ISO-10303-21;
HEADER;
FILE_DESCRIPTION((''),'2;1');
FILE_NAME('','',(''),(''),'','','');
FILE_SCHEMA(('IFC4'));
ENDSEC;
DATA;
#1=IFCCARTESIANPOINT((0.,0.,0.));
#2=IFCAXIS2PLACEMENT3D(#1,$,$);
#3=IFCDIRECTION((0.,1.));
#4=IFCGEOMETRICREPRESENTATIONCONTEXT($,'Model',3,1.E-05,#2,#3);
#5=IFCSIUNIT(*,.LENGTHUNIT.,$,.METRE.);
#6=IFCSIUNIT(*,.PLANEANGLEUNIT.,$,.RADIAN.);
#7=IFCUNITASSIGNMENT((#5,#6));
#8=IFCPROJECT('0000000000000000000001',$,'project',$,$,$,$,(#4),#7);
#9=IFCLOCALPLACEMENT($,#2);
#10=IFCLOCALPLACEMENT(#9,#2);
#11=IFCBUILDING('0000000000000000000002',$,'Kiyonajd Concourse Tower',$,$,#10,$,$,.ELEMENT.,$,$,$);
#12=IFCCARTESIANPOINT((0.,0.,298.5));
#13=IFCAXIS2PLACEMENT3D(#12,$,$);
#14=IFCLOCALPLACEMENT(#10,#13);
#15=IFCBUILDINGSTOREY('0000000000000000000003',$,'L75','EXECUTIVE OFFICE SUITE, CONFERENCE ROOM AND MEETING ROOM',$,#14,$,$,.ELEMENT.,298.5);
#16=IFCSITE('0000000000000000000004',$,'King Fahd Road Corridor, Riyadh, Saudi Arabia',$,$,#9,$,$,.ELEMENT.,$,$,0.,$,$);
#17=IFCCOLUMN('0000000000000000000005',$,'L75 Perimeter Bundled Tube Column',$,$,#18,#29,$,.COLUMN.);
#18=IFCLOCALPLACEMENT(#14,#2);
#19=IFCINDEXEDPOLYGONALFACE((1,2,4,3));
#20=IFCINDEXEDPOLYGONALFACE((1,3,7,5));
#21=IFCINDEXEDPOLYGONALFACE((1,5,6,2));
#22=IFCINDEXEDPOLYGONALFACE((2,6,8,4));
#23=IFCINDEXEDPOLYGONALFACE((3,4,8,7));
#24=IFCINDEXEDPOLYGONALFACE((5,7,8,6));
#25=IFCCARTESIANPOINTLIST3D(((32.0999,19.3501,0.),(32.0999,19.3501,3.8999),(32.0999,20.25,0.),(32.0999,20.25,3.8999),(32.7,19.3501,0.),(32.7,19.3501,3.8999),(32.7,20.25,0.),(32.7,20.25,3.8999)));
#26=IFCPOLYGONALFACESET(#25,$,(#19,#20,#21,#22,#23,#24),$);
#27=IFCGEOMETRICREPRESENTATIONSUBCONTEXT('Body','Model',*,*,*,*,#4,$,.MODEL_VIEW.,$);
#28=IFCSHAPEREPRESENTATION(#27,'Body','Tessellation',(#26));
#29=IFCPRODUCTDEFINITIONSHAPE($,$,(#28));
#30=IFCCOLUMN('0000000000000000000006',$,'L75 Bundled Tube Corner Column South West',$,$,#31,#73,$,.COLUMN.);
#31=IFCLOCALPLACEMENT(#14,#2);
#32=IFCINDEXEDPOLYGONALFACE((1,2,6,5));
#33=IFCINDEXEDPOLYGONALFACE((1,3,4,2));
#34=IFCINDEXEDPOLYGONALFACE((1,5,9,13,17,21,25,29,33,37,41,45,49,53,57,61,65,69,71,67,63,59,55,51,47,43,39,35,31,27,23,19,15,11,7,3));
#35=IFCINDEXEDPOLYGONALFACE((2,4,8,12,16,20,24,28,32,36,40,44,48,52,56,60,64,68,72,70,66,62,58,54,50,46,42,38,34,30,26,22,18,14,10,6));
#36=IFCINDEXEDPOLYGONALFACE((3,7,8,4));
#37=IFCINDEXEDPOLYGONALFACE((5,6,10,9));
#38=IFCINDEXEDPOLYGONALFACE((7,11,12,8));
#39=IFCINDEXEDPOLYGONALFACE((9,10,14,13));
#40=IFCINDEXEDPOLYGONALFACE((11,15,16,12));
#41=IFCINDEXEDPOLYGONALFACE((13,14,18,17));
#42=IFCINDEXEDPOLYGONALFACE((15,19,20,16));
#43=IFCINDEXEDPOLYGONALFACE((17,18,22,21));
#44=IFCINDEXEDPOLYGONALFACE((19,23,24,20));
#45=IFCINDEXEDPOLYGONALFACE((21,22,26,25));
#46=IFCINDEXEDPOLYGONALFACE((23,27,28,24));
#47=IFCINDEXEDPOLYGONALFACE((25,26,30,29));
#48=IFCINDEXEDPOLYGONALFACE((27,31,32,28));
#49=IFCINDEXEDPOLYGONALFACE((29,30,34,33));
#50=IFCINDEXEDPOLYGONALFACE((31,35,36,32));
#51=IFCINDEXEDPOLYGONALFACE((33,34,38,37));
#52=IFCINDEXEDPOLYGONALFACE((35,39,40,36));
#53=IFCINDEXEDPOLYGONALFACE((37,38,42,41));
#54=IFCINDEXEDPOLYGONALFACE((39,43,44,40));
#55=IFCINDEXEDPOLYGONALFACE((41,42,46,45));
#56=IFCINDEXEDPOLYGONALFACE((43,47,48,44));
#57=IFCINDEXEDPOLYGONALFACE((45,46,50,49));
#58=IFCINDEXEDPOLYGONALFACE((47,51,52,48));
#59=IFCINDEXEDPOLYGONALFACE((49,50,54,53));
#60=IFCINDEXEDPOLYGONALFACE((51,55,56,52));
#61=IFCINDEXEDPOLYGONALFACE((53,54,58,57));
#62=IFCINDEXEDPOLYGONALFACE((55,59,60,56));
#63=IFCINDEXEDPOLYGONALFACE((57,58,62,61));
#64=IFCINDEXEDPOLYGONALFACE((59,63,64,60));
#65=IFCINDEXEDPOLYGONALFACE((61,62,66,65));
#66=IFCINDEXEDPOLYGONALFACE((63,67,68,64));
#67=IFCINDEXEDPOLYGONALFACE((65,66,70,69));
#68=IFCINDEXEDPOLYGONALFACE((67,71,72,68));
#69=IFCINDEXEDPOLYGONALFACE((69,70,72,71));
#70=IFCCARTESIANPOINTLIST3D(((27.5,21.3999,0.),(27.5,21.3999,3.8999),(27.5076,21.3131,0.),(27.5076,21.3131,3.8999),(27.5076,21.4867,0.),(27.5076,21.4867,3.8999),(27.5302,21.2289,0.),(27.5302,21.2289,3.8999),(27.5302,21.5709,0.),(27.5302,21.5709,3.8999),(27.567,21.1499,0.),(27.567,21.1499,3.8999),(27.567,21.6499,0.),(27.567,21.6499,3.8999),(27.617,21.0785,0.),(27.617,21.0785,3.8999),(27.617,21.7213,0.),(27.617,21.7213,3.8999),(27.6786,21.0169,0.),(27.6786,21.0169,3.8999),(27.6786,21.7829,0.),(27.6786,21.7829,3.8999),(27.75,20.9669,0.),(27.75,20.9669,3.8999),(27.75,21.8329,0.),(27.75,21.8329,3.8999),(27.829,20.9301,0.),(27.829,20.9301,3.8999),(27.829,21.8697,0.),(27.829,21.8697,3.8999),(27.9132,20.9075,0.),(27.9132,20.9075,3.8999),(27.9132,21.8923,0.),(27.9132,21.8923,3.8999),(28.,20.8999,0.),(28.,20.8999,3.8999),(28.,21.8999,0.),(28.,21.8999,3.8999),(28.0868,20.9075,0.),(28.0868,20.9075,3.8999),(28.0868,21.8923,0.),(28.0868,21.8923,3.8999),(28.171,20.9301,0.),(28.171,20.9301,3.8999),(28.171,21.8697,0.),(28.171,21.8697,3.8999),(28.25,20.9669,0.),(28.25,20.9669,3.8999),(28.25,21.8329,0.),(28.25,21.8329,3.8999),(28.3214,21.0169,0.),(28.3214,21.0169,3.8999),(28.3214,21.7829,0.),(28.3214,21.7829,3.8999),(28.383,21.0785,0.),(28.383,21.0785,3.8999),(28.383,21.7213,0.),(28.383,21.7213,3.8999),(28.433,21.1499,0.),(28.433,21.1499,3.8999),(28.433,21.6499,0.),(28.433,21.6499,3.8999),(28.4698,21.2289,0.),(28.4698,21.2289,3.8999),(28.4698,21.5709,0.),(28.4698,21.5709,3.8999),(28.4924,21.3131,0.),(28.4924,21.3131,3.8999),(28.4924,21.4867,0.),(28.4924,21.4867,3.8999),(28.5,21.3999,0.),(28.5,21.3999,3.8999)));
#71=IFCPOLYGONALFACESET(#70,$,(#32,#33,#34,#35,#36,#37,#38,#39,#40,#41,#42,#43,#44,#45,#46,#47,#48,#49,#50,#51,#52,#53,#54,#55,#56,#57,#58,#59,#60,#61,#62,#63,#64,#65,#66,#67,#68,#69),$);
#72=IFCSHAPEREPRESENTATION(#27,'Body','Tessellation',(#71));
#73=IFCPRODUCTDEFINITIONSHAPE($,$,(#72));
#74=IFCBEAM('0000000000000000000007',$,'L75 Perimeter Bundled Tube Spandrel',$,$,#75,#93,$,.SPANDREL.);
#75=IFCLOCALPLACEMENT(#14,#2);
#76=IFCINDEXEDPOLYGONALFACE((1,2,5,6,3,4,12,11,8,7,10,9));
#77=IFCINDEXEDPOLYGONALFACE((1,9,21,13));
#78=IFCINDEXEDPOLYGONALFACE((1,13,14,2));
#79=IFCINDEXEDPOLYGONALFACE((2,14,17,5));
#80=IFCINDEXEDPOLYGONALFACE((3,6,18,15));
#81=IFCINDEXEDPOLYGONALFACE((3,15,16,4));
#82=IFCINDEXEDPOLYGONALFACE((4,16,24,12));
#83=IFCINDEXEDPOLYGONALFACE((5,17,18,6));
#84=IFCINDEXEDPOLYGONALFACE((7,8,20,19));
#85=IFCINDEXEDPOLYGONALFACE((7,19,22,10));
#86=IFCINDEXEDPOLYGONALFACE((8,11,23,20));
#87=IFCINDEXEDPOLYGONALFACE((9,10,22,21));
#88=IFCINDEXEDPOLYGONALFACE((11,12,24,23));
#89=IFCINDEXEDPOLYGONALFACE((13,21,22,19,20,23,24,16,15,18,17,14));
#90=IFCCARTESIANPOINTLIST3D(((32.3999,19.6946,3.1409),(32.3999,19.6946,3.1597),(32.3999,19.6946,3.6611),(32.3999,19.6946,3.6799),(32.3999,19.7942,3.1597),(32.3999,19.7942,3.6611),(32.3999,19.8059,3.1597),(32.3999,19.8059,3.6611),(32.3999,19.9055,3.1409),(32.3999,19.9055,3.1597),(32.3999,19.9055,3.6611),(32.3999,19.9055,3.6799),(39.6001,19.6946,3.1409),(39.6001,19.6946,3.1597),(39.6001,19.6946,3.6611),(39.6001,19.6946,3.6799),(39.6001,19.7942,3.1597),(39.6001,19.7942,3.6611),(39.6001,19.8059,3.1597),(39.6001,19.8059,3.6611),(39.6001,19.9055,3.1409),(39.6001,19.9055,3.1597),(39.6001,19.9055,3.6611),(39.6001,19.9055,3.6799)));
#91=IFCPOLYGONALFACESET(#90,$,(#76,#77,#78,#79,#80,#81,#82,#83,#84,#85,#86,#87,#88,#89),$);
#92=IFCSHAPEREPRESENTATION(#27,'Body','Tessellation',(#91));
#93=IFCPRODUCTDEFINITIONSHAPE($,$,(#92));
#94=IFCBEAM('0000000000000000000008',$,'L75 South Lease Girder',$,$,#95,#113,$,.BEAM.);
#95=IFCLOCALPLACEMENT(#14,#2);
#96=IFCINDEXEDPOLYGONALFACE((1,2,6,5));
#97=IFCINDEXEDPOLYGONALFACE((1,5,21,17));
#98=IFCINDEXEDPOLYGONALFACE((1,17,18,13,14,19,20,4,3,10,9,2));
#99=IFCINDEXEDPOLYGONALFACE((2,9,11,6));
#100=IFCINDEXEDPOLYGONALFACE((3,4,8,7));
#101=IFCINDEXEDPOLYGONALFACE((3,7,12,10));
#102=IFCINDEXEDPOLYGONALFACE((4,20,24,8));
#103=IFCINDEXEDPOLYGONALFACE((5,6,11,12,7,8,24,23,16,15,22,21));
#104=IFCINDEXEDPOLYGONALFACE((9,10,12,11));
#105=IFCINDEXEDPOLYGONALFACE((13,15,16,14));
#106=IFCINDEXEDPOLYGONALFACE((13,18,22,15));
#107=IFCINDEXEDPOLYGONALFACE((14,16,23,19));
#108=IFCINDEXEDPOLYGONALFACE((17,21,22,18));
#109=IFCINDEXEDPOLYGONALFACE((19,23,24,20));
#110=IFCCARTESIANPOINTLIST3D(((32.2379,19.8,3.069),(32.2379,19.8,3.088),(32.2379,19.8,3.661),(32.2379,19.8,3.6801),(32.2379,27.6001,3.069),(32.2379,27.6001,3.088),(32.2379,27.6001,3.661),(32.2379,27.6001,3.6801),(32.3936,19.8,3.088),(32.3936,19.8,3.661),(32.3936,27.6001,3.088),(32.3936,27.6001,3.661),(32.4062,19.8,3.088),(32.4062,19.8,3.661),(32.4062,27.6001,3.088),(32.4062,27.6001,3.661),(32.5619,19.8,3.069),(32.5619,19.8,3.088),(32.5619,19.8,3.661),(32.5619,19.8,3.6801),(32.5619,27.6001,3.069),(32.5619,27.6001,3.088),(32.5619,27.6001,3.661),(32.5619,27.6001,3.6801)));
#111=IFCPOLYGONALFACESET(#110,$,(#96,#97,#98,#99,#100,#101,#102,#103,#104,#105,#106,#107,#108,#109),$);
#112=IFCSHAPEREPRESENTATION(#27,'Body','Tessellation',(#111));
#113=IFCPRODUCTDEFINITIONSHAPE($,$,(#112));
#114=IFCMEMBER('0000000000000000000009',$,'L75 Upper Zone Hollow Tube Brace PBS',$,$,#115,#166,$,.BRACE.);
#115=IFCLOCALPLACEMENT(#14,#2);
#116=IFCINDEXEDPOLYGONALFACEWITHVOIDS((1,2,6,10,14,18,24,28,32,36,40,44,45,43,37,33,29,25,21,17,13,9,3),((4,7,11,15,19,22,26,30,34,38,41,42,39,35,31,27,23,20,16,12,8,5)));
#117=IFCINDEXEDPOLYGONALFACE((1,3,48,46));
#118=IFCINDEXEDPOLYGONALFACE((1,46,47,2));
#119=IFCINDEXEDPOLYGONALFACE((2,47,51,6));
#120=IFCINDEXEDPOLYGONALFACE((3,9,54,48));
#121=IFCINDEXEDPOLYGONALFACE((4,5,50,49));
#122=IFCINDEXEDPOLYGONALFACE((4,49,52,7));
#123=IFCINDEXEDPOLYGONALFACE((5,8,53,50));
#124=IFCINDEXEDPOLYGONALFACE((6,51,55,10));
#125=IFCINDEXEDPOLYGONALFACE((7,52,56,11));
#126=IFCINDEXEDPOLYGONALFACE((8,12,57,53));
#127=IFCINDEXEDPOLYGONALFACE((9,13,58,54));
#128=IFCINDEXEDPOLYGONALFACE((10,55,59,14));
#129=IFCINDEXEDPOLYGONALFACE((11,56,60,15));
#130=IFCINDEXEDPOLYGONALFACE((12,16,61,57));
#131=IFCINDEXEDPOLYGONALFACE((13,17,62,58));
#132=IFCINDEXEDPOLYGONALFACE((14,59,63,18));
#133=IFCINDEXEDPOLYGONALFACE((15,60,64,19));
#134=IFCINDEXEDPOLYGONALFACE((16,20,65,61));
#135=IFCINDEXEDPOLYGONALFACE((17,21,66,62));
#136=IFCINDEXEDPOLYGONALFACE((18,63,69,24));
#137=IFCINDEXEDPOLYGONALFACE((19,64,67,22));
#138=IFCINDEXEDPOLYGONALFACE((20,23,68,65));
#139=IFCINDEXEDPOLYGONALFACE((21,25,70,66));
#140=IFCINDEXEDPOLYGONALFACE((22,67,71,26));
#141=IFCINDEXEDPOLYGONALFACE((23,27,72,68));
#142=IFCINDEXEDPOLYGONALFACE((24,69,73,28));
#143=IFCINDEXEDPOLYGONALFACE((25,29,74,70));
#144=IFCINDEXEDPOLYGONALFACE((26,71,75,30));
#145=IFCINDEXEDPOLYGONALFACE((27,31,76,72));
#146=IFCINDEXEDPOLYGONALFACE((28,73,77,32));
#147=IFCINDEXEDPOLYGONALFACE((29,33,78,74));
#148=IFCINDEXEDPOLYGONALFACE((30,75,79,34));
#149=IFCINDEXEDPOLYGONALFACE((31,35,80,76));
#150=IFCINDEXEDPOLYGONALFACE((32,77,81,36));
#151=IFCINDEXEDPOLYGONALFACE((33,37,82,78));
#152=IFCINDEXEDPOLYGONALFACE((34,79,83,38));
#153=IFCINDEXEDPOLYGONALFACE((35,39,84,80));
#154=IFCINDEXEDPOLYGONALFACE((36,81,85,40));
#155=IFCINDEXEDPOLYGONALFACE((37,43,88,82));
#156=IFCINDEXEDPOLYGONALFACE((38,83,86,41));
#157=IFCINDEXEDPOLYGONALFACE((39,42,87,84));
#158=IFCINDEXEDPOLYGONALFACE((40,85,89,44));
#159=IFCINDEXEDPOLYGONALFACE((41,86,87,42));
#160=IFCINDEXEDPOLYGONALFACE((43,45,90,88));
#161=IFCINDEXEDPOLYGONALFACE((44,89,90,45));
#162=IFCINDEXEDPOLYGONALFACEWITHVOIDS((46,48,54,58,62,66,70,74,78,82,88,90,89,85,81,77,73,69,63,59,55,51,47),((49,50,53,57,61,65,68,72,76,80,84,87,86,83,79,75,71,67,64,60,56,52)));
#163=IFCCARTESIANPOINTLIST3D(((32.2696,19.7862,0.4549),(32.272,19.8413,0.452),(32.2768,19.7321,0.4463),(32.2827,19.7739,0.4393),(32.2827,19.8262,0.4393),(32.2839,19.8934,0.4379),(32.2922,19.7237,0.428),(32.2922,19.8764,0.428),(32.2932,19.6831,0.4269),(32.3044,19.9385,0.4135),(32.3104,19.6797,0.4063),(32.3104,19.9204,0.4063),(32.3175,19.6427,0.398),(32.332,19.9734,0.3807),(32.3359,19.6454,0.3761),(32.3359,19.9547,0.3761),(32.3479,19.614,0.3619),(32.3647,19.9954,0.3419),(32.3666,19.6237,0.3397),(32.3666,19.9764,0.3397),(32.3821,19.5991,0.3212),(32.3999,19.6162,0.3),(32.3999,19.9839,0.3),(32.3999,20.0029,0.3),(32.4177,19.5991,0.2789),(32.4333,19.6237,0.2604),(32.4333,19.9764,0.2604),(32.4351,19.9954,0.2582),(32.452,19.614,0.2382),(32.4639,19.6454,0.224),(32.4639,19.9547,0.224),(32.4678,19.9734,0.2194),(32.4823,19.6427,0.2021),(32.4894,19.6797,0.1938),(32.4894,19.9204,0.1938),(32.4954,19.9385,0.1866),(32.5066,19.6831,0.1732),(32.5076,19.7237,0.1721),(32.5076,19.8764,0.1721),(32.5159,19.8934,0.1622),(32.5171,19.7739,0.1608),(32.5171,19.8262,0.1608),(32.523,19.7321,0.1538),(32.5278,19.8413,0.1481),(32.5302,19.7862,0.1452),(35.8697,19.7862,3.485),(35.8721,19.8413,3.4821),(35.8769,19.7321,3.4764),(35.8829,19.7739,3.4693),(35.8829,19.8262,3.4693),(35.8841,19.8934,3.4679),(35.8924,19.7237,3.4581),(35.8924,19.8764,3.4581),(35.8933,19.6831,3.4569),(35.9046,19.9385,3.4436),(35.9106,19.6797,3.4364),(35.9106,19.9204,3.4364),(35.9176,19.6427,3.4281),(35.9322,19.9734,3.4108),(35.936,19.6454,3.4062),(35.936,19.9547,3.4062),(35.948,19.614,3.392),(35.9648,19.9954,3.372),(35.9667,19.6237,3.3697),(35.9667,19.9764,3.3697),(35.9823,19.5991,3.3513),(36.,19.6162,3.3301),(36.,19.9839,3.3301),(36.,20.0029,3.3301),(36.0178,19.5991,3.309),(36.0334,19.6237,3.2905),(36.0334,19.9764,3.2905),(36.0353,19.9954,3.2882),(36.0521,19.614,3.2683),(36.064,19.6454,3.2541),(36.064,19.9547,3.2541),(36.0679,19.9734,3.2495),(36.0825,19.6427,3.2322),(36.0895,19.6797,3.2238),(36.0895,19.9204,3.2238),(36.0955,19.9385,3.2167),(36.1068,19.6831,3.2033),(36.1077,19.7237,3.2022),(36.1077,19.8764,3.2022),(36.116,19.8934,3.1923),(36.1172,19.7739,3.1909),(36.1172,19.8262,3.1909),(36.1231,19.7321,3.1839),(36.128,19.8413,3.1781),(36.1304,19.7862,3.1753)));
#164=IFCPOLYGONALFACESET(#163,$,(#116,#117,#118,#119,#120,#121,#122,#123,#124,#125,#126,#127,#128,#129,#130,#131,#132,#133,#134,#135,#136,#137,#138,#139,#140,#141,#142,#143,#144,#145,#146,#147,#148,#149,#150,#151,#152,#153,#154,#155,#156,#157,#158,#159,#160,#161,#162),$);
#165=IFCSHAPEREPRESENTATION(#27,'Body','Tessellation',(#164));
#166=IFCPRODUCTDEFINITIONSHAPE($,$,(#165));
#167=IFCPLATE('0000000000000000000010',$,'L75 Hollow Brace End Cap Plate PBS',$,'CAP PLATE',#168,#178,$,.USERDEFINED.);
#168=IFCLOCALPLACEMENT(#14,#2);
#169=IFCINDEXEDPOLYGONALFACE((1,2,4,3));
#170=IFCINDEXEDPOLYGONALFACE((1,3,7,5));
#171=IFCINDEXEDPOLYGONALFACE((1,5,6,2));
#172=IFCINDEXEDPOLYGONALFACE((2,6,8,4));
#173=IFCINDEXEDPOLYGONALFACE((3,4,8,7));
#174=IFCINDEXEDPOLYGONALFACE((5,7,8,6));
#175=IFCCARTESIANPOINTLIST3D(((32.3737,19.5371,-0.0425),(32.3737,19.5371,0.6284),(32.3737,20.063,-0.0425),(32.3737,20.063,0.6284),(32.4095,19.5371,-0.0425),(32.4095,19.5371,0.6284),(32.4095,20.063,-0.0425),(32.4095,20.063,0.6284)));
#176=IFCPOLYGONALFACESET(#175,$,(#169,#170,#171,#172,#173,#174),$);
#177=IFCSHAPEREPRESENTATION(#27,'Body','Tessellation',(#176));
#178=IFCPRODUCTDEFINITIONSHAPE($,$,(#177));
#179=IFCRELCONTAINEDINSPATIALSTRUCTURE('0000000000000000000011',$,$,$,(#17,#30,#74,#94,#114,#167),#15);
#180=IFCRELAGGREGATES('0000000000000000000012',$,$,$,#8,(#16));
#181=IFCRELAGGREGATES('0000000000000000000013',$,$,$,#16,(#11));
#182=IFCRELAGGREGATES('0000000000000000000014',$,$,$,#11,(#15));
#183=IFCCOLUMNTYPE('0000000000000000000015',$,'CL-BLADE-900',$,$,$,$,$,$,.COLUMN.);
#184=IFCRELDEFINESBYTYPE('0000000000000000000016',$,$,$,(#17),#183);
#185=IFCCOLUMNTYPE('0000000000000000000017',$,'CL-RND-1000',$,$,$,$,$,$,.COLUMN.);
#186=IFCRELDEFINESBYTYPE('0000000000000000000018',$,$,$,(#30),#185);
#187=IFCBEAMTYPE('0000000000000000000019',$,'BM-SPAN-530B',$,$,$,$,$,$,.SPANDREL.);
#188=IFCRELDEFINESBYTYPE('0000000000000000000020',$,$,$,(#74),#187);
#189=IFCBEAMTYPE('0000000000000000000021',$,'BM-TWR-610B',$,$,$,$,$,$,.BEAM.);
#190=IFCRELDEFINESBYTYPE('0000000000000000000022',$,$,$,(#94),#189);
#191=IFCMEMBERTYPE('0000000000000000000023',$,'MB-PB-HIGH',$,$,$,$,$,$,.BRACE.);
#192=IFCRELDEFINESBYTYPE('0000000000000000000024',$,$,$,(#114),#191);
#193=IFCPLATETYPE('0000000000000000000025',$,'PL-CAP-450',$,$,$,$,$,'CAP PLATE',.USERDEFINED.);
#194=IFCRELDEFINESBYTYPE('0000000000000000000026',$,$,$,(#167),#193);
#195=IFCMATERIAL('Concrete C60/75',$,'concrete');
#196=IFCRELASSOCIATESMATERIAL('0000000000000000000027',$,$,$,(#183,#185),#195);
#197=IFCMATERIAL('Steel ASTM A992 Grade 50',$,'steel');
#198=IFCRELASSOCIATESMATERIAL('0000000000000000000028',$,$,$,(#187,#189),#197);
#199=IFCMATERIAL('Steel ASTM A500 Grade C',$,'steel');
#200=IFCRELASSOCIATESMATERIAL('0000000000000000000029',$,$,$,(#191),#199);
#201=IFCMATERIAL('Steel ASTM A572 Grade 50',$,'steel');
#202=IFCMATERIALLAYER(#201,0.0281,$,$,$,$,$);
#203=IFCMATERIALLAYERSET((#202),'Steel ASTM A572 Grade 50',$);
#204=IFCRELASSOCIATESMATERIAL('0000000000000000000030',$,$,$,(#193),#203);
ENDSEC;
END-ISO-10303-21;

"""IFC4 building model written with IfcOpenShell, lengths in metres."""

from ifc_helpers import new_model, si_unit, direction, frame, origin, origin_2d, place, context, subcontext, project, spatial, rectangle, circle, hollow_circle, i_section, extrude, material, layer, layer_set, material_profile, profile_set, type_object, element, save


model = new_model("IFC4")

# Units and contexts
model_context = context("Model", 3, precision=1e-05, world=origin(), true_north=direction((0.0, 1.0)))
body_context = subcontext(model_context, "Body", "Model", "MODEL_VIEW")
ifc_project = project(units=[si_unit("LENGTHUNIT", "METRE"), si_unit("PLANEANGLEUNIT", "RADIAN")], contexts=[model_context])

# Site, building, storey
site_placement = place(None, origin())
site = spatial("IfcSite", under=ifc_project, at=site_placement, Name="King Fahd Road Corridor, Riyadh, Saudi Arabia", CompositionType="ELEMENT", RefElevation=0.0)
building_placement = place(site_placement, origin())
building = spatial("IfcBuilding", under=site, at=building_placement, Name="Kiyonajd Concourse Tower", CompositionType="ELEMENT")
storey_placement = place(building_placement, frame((0.0, 0.0, 298.5)))
storey = spatial("IfcBuildingStorey", under=building, at=storey_placement, Name="L75", Description="EXECUTIVE OFFICE SUITE, CONFERENCE ROOM AND MEETING ROOM", CompositionType="ELEMENT", Elevation=298.5)

# Columns
ifc_material_1 = material(Name="Concrete C60/75", Category="concrete")
ifc_material_profile_1 = material_profile(ifc_material_1, rectangle(XDim=0.6001, YDim=0.8999, at=origin_2d()), Name="RC-900x600")
ifc_profile_set_1 = profile_set([ifc_material_profile_1], Name="Concrete C60/75")
column_type_1 = type_object("IfcColumnType", Name="CL-BLADE-900", PredefinedType="COLUMN", material=ifc_profile_set_1)
column_1_placement = place(storey_placement, frame((32.3999, 19.8, 0.0), z_axis=(0.0, 0.0, 1.0), x_axis=(1.0, 0.0, 0.0)))
element("IfcColumn", 1, at=column_1_placement, inside=storey, type_object=column_type_1, Name="L75 Perimeter Bundled Tube Column", PredefinedType="COLUMN", context=body_context, shape_type="SweptSolid", body=[
    extrude(rectangle(XDim=0.6001, YDim=0.8999, at=origin_2d()), origin(), (0.0, 0.0, 1.0), 3.8999),
])
ifc_material_profile_2 = material_profile(ifc_material_1, circle(Radius=0.5, at=origin_2d()), Name="RCC-D1000")
ifc_profile_set_2 = profile_set([ifc_material_profile_2], Name="Concrete C60/75")
column_type_2 = type_object("IfcColumnType", Name="CL-RND-1000", PredefinedType="COLUMN", material=ifc_profile_set_2)
column_2_placement = place(storey_placement, frame((28.0, 21.3999, 0.0), z_axis=(0.0, 0.0, 1.0), x_axis=(1.0, 0.0, 0.0)))
element("IfcColumn", 2, at=column_2_placement, inside=storey, type_object=column_type_2, Name="L75 Bundled Tube Corner Column South West", PredefinedType="COLUMN", context=body_context, shape_type="SweptSolid", body=[
    extrude(circle(Radius=0.5, at=origin_2d()), origin(), (0.0, 0.0, 1.0), 3.8999),
])

# Beams
ifc_material_2 = material(Name="Steel ASTM A992 Grade 50", Category="steel")
ifc_material_profile_3 = material_profile(ifc_material_2, i_section(OverallWidth=0.2109, OverallDepth=0.5391, WebThickness=0.0117, FlangeThickness=0.0188, at=origin_2d()), Name="W530X109")
ifc_profile_set_3 = profile_set([ifc_material_profile_3], Name="Steel ASTM A992 Grade 50")
beam_type_1 = type_object("IfcBeamType", Name="BM-SPAN-530B", PredefinedType="SPANDREL", material=ifc_profile_set_3)
beam_1_placement = place(storey_placement, frame((32.3999, 19.8, 3.4104), z_axis=(1.0, 0.0, 0.0), x_axis=(0.0, 1.0, 0.0)))
element("IfcBeam", 3, at=beam_1_placement, inside=storey, type_object=beam_type_1, Name="L75 Perimeter Bundled Tube Spandrel", PredefinedType="SPANDREL", context=body_context, shape_type="SweptSolid", body=[
    extrude(i_section(OverallWidth=0.2109, OverallDepth=0.5391, WebThickness=0.0117, FlangeThickness=0.0188, at=origin_2d()), origin(), (0.0, 0.0, 1.0), 7.2002),
])
ifc_material_profile_4 = material_profile(ifc_material_2, i_section(OverallWidth=0.324, OverallDepth=0.6111, WebThickness=0.0127, FlangeThickness=0.019, at=origin_2d()), Name="W610X155")
ifc_profile_set_4 = profile_set([ifc_material_profile_4], Name="Steel ASTM A992 Grade 50")
beam_type_2 = type_object("IfcBeamType", Name="BM-TWR-610B", PredefinedType="BEAM", material=ifc_profile_set_4)
beam_2_placement = place(storey_placement, frame((32.3999, 19.8, 3.3745), z_axis=(0.0, 1.0, 0.0), x_axis=(-1.0, 0.0, 0.0)))
element("IfcBeam", 4, at=beam_2_placement, inside=storey, type_object=beam_type_2, Name="L75 South Lease Girder", PredefinedType="BEAM", context=body_context, shape_type="SweptSolid", body=[
    extrude(i_section(OverallWidth=0.324, OverallDepth=0.6111, WebThickness=0.0127, FlangeThickness=0.019, at=origin_2d()), origin(), (0.0, 0.0, 1.0), 7.8),
])

# Member
ifc_material_3 = material(Name="Steel ASTM A500 Grade C", Category="steel")
ifc_material_profile_5 = material_profile(ifc_material_3, hollow_circle(Radius=0.2029, WallThickness=0.019, at=origin_2d()), Name="CHS-406x19")
ifc_profile_set_5 = profile_set([ifc_material_profile_5], Name="Steel ASTM A500 Grade C")
member_type = type_object("IfcMemberType", Name="MB-PB-HIGH", PredefinedType="BRACE", material=ifc_profile_set_5)
member_placement = place(storey_placement, frame((32.3999, 19.8, 0.3), z_axis=(0.765082, 0.0, 0.643933), x_axis=(0.0, 1.0, 0.0)))
element("IfcMember", 5, at=member_placement, inside=storey, type_object=member_type, Name="L75 Upper Zone Hollow Tube Brace PBS", PredefinedType="BRACE", context=body_context, shape_type="SweptSolid", body=[
    extrude(hollow_circle(Radius=0.2029, WallThickness=0.019, at=origin_2d()), origin(), (0.0, 0.0, 1.0), 4.7056),
])

# Plate
ifc_material_4 = material(Name="Steel ASTM A572 Grade 50", Category="steel")
ifc_layer_1 = layer(ifc_material_4, 0.0281)
ifc_layer_set_1 = layer_set([ifc_layer_1], Name="Steel ASTM A572 Grade 50")
plate_type_1 = type_object("IfcPlateType", Name="PL-CAP-450", ElementType="CAP PLATE", PredefinedType="USERDEFINED", material=ifc_layer_set_1)
plate_placement = place(storey_placement, frame((32.3916, 19.8, -0.0425), z_axis=(0.0, 0.0, 1.0), x_axis=(-1.0, 0.0, 0.0)))
element("IfcPlate", 6, at=plate_placement, inside=storey, type_object=plate_type_1, Name="L75 Hollow Brace End Cap Plate PBS", ObjectType="CAP PLATE", PredefinedType="USERDEFINED", context=body_context, shape_type="SweptSolid", body=[
    extrude(rectangle(XDim=0.0359, YDim=0.5259, at=origin_2d()), origin(), (0.0, 0.0, 1.0), 0.6709),
])

save(model, "model.ifc")
